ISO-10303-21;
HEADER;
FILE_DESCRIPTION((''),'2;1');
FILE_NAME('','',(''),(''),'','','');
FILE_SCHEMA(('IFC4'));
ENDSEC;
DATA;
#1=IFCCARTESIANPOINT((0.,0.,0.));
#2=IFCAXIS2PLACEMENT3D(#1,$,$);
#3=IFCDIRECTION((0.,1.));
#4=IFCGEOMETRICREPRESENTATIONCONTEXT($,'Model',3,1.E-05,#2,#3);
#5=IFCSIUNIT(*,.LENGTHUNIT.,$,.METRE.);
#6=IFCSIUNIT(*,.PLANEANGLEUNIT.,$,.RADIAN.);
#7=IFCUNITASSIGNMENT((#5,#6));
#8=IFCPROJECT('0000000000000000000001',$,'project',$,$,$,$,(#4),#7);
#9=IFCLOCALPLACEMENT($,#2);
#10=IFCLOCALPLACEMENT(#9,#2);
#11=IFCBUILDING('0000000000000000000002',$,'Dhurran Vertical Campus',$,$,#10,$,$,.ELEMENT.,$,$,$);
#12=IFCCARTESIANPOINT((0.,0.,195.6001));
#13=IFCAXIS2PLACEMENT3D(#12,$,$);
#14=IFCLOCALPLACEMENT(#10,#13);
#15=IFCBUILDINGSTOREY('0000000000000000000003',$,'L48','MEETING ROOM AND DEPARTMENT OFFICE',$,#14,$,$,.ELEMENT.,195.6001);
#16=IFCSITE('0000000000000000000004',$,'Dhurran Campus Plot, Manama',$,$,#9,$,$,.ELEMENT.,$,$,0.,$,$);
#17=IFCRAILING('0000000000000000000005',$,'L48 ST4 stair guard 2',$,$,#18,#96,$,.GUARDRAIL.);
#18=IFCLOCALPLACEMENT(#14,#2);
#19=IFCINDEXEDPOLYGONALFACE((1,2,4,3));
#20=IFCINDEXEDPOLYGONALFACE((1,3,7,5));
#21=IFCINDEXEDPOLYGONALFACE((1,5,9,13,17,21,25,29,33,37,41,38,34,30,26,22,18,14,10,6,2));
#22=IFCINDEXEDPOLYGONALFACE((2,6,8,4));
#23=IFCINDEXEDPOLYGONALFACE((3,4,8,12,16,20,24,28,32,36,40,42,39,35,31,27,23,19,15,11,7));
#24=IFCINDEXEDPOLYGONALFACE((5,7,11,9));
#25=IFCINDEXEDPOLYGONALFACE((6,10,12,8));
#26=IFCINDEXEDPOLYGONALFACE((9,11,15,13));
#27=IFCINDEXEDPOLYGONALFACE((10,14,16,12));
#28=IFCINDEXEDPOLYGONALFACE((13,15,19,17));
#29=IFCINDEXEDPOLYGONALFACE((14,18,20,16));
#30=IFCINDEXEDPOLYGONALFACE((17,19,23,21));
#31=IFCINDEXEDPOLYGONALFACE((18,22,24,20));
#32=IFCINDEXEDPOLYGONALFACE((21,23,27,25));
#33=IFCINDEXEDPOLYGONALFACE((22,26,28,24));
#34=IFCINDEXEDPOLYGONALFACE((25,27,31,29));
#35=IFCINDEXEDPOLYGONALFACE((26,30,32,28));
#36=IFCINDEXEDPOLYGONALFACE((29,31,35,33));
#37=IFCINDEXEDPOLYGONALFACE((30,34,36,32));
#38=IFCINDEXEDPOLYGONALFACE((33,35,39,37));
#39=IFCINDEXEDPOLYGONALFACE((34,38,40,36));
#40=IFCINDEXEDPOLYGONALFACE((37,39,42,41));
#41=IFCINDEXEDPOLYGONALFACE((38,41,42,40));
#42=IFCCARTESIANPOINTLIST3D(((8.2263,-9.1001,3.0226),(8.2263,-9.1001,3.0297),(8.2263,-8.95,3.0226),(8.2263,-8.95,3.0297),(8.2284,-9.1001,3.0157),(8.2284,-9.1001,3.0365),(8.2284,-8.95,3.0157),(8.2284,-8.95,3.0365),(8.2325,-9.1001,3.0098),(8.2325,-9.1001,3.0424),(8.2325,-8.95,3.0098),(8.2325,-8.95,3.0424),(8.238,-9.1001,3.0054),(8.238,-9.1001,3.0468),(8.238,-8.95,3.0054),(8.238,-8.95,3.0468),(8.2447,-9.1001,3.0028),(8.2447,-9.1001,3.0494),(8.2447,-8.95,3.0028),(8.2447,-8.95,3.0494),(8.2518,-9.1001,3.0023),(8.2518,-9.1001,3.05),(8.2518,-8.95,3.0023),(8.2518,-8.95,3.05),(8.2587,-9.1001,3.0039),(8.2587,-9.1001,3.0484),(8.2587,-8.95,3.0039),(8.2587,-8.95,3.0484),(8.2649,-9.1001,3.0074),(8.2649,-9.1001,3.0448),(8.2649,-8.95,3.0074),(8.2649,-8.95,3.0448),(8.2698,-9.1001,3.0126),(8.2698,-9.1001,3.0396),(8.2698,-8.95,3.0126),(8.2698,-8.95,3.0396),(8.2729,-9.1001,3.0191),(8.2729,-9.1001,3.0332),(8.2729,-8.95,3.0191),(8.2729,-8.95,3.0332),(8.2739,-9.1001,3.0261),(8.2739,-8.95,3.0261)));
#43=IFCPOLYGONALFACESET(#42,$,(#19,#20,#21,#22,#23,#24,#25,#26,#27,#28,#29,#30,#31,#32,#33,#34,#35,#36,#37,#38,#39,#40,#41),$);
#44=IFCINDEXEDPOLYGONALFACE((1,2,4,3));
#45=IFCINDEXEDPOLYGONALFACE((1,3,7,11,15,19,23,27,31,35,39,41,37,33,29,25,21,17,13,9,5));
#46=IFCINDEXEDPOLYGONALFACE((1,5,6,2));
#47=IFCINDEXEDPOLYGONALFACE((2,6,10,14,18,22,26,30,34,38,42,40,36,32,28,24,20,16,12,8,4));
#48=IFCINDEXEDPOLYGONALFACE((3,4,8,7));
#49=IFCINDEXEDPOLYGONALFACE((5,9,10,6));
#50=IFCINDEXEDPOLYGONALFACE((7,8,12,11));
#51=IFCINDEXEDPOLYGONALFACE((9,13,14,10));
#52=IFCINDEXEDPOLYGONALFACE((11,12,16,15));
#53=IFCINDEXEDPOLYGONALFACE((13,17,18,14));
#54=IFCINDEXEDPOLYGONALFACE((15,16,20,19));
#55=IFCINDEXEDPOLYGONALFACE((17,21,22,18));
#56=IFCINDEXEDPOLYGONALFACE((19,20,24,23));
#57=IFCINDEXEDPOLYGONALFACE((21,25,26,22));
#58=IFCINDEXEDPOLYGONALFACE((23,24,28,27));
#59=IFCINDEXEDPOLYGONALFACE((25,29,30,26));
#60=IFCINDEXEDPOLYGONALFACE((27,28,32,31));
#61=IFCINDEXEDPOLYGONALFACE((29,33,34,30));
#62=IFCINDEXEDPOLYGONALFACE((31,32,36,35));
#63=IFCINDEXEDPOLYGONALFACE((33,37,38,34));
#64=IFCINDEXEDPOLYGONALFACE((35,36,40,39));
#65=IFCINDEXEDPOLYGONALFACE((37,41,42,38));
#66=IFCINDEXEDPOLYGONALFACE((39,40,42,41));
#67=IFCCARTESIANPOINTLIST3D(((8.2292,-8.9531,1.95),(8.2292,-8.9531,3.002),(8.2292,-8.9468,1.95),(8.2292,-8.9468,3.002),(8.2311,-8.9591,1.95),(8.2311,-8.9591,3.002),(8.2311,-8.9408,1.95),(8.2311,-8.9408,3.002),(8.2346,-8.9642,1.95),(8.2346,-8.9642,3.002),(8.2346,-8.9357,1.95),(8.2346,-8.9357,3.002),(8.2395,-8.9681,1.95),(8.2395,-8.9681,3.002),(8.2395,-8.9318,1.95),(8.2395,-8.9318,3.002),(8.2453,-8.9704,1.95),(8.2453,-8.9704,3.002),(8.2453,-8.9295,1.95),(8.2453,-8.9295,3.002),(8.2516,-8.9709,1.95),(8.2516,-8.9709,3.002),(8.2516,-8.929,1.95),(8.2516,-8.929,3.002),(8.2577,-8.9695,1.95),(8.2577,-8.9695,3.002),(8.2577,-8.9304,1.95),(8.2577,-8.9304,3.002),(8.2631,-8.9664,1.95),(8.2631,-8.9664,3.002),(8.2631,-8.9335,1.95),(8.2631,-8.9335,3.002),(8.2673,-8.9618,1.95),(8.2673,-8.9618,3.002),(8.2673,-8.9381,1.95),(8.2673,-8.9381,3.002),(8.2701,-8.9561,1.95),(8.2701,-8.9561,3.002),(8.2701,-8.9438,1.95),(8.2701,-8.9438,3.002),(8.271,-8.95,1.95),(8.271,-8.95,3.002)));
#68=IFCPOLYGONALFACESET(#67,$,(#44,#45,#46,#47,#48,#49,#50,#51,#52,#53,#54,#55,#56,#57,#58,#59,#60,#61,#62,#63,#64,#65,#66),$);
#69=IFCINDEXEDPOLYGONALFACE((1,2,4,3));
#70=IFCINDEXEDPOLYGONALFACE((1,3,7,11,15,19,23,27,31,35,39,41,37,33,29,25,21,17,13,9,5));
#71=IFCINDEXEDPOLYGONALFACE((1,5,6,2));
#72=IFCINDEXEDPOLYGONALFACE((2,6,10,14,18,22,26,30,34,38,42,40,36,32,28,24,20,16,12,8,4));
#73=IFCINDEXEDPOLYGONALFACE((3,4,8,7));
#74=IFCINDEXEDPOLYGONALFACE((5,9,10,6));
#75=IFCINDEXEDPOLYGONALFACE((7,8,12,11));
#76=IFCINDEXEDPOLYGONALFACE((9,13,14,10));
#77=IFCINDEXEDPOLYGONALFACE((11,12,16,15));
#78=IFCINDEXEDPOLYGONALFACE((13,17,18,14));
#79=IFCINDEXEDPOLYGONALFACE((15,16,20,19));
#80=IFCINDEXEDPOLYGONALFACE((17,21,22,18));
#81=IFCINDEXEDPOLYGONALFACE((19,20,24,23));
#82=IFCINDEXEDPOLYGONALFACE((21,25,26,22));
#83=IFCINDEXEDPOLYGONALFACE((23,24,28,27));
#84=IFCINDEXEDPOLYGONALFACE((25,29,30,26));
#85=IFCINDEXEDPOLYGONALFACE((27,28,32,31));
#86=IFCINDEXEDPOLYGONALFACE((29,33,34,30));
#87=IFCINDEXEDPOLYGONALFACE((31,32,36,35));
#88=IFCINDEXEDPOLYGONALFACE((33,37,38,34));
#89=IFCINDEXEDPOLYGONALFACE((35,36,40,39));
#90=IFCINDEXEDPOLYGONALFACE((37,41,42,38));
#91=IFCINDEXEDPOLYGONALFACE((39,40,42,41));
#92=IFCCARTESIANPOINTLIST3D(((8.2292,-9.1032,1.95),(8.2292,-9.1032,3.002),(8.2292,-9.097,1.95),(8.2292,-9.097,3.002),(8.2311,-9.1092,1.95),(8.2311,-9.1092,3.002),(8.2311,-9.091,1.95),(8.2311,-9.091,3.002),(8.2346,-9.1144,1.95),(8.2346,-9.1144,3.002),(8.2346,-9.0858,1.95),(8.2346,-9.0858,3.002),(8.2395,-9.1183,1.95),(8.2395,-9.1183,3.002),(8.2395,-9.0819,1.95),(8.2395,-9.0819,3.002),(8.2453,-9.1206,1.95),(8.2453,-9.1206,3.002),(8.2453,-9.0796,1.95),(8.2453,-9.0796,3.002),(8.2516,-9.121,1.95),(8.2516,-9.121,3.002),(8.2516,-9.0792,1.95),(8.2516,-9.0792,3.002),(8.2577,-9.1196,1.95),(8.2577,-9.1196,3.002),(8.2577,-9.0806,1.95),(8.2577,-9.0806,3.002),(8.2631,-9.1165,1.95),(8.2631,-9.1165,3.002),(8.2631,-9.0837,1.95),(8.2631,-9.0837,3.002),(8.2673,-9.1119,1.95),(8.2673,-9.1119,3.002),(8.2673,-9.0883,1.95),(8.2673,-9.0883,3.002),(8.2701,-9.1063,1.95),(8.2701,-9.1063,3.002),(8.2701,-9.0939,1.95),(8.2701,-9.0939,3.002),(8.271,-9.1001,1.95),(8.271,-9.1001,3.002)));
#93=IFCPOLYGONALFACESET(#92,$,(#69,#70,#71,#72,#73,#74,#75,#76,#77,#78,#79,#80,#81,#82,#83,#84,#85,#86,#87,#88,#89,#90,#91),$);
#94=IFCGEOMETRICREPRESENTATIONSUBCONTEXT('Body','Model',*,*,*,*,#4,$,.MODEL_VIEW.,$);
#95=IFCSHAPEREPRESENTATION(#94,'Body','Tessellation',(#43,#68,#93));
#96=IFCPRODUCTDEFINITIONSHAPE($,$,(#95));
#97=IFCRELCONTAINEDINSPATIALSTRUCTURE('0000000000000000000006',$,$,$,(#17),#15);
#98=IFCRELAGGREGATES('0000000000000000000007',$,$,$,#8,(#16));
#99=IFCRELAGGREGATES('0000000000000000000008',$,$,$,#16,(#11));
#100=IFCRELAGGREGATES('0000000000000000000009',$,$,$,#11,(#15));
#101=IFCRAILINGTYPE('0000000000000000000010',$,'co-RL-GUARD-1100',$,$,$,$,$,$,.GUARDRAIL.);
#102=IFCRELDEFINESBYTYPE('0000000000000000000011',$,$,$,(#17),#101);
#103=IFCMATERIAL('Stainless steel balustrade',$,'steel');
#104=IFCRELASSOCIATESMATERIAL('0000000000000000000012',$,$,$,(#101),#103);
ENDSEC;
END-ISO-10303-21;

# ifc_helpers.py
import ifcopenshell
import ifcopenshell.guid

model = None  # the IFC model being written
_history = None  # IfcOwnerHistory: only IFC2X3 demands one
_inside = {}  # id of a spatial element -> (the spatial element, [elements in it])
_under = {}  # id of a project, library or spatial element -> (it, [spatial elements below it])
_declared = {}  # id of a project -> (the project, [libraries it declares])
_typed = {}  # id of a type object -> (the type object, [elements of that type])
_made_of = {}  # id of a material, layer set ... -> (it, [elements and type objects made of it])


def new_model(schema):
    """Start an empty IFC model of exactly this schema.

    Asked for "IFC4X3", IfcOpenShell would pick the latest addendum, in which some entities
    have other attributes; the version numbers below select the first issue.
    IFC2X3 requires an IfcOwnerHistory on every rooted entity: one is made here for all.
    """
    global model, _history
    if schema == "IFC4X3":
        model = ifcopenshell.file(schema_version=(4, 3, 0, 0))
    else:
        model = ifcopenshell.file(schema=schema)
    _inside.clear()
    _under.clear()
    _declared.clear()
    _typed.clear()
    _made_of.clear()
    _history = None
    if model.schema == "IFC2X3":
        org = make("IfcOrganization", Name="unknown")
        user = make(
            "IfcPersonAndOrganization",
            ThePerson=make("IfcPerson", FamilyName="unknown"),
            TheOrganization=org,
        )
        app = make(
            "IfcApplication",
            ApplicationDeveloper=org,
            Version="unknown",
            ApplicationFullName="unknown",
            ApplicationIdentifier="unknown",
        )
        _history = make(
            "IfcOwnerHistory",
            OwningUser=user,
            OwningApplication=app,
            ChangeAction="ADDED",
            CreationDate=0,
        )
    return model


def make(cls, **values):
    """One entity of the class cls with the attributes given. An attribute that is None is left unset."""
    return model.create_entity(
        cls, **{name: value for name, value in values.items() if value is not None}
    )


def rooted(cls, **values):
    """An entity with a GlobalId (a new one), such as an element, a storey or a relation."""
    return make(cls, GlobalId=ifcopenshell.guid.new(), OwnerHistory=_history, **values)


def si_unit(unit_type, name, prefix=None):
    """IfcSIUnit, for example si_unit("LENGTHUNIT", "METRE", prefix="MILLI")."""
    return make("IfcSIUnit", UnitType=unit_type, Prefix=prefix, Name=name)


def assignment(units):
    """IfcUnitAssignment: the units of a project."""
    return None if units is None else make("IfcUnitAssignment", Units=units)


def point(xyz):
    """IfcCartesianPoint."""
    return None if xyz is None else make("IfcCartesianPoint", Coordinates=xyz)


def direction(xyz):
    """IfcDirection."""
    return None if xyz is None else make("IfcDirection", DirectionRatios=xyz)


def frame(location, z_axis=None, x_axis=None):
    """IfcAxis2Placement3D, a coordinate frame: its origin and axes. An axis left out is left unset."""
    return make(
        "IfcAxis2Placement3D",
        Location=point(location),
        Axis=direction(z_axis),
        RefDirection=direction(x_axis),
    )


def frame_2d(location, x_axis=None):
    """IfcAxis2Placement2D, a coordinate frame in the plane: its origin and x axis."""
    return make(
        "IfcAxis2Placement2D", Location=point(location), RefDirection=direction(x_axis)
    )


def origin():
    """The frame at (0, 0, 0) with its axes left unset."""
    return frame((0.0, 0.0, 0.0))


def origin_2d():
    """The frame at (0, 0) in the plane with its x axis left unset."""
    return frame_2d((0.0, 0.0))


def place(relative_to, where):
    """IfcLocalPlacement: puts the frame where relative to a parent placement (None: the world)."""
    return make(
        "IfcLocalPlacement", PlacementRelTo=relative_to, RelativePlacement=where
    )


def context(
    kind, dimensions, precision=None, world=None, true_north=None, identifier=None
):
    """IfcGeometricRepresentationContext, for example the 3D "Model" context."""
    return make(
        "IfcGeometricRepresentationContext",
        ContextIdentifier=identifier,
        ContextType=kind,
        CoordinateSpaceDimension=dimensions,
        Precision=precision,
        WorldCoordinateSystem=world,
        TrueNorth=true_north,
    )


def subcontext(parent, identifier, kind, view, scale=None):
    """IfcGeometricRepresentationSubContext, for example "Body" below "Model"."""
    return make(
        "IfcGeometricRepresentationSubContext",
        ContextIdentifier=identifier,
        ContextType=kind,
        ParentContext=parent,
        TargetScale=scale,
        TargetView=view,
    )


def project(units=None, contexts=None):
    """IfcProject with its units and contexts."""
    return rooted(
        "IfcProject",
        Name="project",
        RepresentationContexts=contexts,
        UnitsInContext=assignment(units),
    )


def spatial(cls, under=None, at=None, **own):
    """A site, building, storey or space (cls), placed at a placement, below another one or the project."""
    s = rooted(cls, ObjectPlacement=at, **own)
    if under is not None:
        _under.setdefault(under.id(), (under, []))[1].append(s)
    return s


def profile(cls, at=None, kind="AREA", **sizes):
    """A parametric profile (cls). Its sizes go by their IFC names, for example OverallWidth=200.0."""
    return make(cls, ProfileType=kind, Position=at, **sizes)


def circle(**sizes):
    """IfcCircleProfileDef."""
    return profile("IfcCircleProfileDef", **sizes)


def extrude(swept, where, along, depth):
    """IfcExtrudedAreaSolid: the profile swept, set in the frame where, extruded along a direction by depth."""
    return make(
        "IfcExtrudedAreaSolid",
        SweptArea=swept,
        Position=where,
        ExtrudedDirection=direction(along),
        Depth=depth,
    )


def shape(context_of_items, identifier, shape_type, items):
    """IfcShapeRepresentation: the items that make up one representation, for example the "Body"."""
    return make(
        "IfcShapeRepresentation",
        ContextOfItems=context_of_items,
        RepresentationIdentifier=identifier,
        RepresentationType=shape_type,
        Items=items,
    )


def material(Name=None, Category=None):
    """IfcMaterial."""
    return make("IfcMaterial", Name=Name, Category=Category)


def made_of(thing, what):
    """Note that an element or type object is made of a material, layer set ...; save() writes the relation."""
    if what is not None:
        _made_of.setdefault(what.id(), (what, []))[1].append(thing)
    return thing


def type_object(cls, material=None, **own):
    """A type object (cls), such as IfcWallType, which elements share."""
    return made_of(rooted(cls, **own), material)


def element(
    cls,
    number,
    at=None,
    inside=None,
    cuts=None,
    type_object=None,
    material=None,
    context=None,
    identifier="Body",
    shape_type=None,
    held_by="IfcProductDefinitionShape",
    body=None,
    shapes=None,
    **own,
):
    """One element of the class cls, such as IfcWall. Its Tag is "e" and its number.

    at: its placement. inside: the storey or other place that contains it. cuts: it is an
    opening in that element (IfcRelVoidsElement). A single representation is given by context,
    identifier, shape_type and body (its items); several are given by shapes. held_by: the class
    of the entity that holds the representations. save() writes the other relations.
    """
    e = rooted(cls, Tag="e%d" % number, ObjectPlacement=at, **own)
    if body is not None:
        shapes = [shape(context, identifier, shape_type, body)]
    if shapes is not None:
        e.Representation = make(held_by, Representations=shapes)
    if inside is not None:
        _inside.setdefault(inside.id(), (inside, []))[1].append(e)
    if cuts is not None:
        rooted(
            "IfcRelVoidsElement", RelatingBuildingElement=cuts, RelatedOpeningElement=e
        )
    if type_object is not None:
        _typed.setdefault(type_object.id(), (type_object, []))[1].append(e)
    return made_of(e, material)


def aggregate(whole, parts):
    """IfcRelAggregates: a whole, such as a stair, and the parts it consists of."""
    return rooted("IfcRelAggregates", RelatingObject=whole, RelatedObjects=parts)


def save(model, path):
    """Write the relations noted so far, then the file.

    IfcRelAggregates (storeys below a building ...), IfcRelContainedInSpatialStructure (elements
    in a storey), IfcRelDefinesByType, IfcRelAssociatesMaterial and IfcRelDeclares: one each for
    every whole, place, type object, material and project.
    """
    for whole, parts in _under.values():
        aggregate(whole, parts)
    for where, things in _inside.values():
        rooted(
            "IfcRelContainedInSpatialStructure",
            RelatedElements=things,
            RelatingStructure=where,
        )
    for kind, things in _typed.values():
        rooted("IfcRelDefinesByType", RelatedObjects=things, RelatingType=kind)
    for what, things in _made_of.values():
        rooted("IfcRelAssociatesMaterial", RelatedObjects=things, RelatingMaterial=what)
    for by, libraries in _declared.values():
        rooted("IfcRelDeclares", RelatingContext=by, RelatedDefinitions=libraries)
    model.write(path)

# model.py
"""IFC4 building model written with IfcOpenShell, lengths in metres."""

from ifc_helpers import new_model, si_unit, direction, frame, origin, origin_2d, place, context, subcontext, project, spatial, circle, extrude, material, type_object, element, save


model = new_model("IFC4")

# Units and contexts
model_context = context("Model", 3, precision=1e-05, world=origin(), true_north=direction((0.0, 1.0)))
body_context = subcontext(model_context, "Body", "Model", "MODEL_VIEW")
ifc_project = project(units=[si_unit("LENGTHUNIT", "METRE"), si_unit("PLANEANGLEUNIT", "RADIAN")], contexts=[model_context])

# Site, building, storey
site_placement = place(None, origin())
site = spatial("IfcSite", under=ifc_project, at=site_placement, Name="Dhurran Campus Plot, Manama", CompositionType="ELEMENT", RefElevation=0.0)
building_placement = place(site_placement, origin())
building = spatial("IfcBuilding", under=site, at=building_placement, Name="Dhurran Vertical Campus", CompositionType="ELEMENT")
storey_placement = place(building_placement, frame((0.0, 0.0, 195.6001)))
storey = spatial("IfcBuildingStorey", under=building, at=storey_placement, Name="L48", Description="MEETING ROOM AND DEPARTMENT OFFICE", CompositionType="ELEMENT", Elevation=195.6001)

# Railing
ifc_material_1 = material(Name="Stainless steel balustrade", Category="steel")
railing_type_1 = type_object("IfcRailingType", Name="co-RL-GUARD-1100", PredefinedType="GUARDRAIL", material=ifc_material_1)
railing_1_placement = place(storey_placement, frame((8.25, -8.95, 1.95)))
element("IfcRailing", 1, at=railing_1_placement, inside=storey, type_object=railing_type_1, Name="L48 ST4 stair guard 2", PredefinedType="GUARDRAIL", context=body_context, shape_type="SweptSolid", body=[
    extrude(circle(Radius=0.0239, at=origin_2d()), frame((0.0, 0.0, 1.0762), z_axis=(0.0, -1.0, 0.0), x_axis=(1.0, 0.0, 0.0)), (0.0, 0.0, 1.0), 0.1501),
    extrude(circle(Radius=0.021, at=origin_2d()), origin(), (0.0, 0.0, 1.0), 1.052),
    extrude(circle(Radius=0.021, at=origin_2d()), frame((0.0, -0.1501, 0.0)), (0.0, 0.0, 1.0), 1.052),
])

save(model, "model.ifc")
